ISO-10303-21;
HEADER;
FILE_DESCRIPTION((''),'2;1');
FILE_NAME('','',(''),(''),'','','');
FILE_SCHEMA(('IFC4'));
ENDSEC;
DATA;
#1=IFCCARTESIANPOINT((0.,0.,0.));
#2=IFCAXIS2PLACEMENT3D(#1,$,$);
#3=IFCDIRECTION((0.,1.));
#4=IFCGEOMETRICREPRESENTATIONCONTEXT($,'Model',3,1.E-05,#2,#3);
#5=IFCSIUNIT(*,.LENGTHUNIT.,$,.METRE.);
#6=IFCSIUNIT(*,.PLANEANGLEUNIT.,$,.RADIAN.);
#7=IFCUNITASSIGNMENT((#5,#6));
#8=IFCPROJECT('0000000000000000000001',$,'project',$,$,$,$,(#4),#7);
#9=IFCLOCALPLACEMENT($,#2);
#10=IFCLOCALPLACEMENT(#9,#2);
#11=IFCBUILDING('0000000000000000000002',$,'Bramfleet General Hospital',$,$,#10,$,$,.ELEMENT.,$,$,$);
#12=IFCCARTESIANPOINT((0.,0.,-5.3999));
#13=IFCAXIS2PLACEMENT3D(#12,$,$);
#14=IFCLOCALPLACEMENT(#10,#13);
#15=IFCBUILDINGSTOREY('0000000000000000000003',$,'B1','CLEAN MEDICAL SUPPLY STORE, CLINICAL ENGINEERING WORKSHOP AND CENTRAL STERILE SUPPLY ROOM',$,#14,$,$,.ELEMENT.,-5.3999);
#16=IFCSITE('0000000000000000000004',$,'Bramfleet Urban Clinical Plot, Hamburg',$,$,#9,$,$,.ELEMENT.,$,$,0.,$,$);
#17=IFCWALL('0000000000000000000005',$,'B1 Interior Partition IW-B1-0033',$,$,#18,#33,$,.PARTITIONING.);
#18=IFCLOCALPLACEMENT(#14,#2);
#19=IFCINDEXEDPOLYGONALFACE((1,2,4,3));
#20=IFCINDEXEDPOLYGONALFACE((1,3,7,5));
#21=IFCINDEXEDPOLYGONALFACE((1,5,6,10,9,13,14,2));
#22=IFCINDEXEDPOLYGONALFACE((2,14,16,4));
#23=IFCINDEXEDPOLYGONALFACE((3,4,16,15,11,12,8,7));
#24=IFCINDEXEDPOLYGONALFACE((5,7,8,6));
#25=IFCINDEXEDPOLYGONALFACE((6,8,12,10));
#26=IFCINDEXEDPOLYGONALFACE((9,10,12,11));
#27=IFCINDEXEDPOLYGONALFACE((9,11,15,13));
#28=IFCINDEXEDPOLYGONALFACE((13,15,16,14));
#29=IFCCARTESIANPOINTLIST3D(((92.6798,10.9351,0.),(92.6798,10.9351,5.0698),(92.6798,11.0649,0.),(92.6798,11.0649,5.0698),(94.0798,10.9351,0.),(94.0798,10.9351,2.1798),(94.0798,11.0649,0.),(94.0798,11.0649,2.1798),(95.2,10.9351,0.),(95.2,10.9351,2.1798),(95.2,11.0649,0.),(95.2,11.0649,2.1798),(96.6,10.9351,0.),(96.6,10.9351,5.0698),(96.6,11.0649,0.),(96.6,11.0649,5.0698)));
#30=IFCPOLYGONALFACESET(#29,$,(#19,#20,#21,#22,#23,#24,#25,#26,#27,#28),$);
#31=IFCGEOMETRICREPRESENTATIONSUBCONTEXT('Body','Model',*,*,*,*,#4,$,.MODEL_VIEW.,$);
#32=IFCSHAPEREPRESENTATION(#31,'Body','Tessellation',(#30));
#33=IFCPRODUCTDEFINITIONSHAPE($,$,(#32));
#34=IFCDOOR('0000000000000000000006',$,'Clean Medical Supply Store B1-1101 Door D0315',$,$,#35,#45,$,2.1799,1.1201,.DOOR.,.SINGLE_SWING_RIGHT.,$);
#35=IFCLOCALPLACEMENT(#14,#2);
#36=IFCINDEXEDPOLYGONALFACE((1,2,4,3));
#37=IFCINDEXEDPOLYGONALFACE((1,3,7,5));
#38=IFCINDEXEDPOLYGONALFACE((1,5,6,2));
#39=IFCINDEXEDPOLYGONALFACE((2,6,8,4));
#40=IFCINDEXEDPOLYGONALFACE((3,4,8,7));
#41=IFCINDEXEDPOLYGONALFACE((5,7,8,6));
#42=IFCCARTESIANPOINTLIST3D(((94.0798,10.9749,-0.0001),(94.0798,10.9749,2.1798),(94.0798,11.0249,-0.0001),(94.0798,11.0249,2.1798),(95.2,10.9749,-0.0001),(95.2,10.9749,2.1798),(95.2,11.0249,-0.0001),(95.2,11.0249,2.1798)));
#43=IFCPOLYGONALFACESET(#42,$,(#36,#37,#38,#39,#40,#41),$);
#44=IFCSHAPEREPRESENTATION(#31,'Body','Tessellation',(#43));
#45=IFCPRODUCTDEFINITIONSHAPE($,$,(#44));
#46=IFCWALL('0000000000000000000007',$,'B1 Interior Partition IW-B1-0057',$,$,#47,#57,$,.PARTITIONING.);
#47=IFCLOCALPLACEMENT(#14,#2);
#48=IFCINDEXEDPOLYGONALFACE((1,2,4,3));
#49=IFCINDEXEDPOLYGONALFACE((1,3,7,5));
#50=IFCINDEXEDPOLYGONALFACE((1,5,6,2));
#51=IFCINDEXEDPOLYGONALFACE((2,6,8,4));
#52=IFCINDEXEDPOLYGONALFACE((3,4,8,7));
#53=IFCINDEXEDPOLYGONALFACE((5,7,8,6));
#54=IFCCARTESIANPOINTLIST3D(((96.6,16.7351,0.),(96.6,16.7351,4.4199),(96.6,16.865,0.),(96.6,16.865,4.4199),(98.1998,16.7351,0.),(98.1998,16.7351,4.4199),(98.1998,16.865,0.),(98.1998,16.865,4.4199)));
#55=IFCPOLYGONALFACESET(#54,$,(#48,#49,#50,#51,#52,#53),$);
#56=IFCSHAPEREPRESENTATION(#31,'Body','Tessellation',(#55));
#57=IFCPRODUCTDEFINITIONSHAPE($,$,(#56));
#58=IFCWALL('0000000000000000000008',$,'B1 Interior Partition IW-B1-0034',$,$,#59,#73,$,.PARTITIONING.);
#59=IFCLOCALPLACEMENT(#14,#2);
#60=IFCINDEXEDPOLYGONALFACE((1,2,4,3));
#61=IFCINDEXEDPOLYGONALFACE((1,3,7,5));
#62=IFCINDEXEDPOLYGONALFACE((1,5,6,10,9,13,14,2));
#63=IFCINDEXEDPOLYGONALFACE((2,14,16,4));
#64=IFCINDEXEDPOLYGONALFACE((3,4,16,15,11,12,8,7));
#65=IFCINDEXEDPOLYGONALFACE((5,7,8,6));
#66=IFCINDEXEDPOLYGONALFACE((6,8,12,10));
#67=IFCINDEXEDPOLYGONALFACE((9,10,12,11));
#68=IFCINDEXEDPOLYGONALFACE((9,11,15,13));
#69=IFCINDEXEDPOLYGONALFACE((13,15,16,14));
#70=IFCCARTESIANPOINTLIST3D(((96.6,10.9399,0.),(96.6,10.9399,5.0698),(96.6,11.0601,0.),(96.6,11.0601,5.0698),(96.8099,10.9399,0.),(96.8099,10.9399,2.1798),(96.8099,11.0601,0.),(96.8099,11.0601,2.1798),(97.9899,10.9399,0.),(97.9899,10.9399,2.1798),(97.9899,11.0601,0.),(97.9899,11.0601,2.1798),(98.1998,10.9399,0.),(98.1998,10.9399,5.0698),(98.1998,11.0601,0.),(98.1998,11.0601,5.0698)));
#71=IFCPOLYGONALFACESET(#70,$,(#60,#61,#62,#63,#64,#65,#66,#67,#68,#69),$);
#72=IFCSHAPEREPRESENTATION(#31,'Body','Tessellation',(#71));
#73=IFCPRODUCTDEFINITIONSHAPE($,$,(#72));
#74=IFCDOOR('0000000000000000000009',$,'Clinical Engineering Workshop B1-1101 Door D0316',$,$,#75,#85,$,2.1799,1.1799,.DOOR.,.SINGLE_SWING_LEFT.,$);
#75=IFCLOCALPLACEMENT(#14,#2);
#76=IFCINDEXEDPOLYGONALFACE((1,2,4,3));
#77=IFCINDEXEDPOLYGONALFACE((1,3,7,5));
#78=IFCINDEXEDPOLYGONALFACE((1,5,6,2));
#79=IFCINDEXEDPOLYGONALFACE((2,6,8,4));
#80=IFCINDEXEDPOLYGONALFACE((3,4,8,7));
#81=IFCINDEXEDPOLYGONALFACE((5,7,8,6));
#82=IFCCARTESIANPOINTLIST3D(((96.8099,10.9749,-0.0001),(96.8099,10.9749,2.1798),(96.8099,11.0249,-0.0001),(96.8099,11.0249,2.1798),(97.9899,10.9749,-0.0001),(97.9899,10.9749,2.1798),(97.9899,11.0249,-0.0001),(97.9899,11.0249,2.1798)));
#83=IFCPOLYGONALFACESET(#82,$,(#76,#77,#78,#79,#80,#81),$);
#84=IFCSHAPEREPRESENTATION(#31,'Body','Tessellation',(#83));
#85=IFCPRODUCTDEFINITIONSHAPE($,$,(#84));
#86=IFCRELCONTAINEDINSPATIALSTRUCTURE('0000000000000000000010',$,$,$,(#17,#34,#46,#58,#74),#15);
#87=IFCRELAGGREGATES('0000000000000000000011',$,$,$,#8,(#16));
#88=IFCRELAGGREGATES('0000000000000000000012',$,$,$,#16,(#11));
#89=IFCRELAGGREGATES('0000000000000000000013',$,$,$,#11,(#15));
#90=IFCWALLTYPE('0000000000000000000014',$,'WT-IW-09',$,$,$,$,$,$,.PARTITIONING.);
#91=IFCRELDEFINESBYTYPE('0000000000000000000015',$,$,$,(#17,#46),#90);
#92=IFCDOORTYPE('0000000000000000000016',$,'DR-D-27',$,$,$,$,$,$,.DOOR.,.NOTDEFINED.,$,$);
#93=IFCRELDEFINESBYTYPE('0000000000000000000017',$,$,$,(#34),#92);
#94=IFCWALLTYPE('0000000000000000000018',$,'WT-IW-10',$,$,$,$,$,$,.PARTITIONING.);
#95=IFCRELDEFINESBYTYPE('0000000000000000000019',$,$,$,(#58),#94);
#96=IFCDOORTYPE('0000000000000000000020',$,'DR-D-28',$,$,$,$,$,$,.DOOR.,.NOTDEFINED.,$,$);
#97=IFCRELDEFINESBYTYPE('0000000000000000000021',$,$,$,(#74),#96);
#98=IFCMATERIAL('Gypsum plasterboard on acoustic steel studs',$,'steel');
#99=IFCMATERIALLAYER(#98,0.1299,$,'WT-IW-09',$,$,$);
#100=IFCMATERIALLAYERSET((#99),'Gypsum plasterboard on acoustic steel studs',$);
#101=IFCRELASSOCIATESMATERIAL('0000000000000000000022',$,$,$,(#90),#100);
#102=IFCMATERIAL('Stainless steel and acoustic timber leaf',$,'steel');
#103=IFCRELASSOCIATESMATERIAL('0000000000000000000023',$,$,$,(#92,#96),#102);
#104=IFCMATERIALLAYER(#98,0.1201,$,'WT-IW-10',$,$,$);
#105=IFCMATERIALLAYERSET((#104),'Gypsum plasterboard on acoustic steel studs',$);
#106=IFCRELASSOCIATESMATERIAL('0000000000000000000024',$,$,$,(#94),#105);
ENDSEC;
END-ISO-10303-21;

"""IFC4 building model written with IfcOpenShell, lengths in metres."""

from ifc_helpers import new_model, si_unit, direction, frame, frame_2d, origin, place, context, subcontext, project, spatial, rectangle, extrude, material, layer, layer_set, type_object, element, fill, save


model = new_model("IFC4")

# Units and contexts
model_context = context("Model", 3, precision=1e-05, world=origin(), true_north=direction((0.0, 1.0)))
body_context = subcontext(model_context, "Body", "Model", "MODEL_VIEW")
ifc_project = project(units=[si_unit("LENGTHUNIT", "METRE"), si_unit("PLANEANGLEUNIT", "RADIAN")], contexts=[model_context])

# Site, building, storey
site_placement = place(None, origin())
site = spatial("IfcSite", under=ifc_project, at=site_placement, Name="Bramfleet Urban Clinical Plot, Hamburg", CompositionType="ELEMENT", RefElevation=0.0)
building_placement = place(site_placement, origin())
building = spatial("IfcBuilding", under=site, at=building_placement, Name="Bramfleet General Hospital", CompositionType="ELEMENT")
storey_placement = place(building_placement, frame((0.0, 0.0, -5.3999)))
storey = spatial("IfcBuildingStorey", under=building, at=storey_placement, Name="B1", Description="CLEAN MEDICAL SUPPLY STORE, CLINICAL ENGINEERING WORKSHOP AND CENTRAL STERILE SUPPLY ROOM", CompositionType="ELEMENT", Elevation=-5.3999)

# Shared definitions
ifc_material_1 = material(Name="Gypsum plasterboard on acoustic steel studs", Category="steel")

# Wall, opening, door
ifc_layer_1 = layer(ifc_material_1, 0.1299, Name="WT-IW-09")
ifc_layer_set_1 = layer_set([ifc_layer_1], Name="Gypsum plasterboard on acoustic steel studs")
wall_type_1 = type_object("IfcWallType", Name="WT-IW-09", PredefinedType="PARTITIONING", material=ifc_layer_set_1)
wall_1_placement = place(storey_placement, frame((92.6799, 11.0, 0.0), z_axis=(0.0, 0.0, 1.0), x_axis=(1.0, 0.0, 0.0)))
wall_1 = element("IfcWall", 1, at=wall_1_placement, inside=storey, type_object=wall_type_1, Name="B1 Interior Partition IW-B1-0033", PredefinedType="PARTITIONING", context=body_context, shape_type="SweptSolid", body=[
    extrude(rectangle(XDim=3.9202, YDim=0.1299, at=frame_2d((1.96, 0.0))), origin(), (0.0, 0.0, 1.0), 5.0698),
])
opening_1_placement = place(wall_1_placement, frame((1.3999, 0.0, 0.0)))
opening_1 = element("IfcOpeningElement", 2, at=opening_1_placement, cuts=wall_1, PredefinedType="OPENING", context=body_context, shape_type="SweptSolid", body=[
    extrude(rectangle(XDim=1.1201, YDim=2.1799, at=frame_2d((0.5601, 1.0898))), frame((0.0, 0.075, 0.0), z_axis=(0.0, -1.0, 0.0), x_axis=(1.0, 0.0, 0.0)), (0.0, 0.0, 1.0), 0.1499),
])
ifc_material_2 = material(Name="Stainless steel and acoustic timber leaf", Category="steel")
door_type_1 = type_object("IfcDoorType", Name="DR-D-27", OperationType="NOTDEFINED", PredefinedType="DOOR", material=ifc_material_2)
door_1_placement = place(opening_1_placement, origin())
door_1 = element("IfcDoor", 3, at=door_1_placement, inside=storey, type_object=door_type_1, Name="Clean Medical Supply Store B1-1101 Door D0315", OperationType="SINGLE_SWING_RIGHT", OverallHeight=2.1799, OverallWidth=1.1201, PredefinedType="DOOR", context=body_context, shape_type="SweptSolid", body=[
    extrude(rectangle(XDim=1.1201, YDim=2.1799, at=frame_2d((0.5601, 1.0898))), frame((0.0, 0.0249, 0.0), z_axis=(0.0, -1.0, 0.0), x_axis=(1.0, 0.0, 0.0)), (0.0, 0.0, 1.0), 0.05),
])
fill(opening_1, door_1)

# Wall
wall_2_placement = place(storey_placement, frame((96.6001, 16.8, 0.0), z_axis=(0.0, 0.0, 1.0), x_axis=(1.0, 0.0, 0.0)))
element("IfcWall", 4, at=wall_2_placement, inside=storey, type_object=wall_type_1, Name="B1 Interior Partition IW-B1-0057", PredefinedType="PARTITIONING", context=body_context, shape_type="SweptSolid", body=[
    extrude(rectangle(XDim=1.5999, YDim=0.1299, at=frame_2d((0.7998, 0.0))), origin(), (0.0, 0.0, 1.0), 4.4199),
])

# Wall, opening, door
ifc_layer_2 = layer(ifc_material_1, 0.1201, Name="WT-IW-10")
ifc_layer_set_2 = layer_set([ifc_layer_2], Name="Gypsum plasterboard on acoustic steel studs")
wall_type_2 = type_object("IfcWallType", Name="WT-IW-10", PredefinedType="PARTITIONING", material=ifc_layer_set_2)
wall_3_placement = place(storey_placement, frame((96.6001, 11.0, 0.0), z_axis=(0.0, 0.0, 1.0), x_axis=(1.0, 0.0, 0.0)))
wall_3 = element("IfcWall", 5, at=wall_3_placement, inside=storey, type_object=wall_type_2, Name="B1 Interior Partition IW-B1-0034", PredefinedType="PARTITIONING", context=body_context, shape_type="SweptSolid", body=[
    extrude(rectangle(XDim=1.5999, YDim=0.1201, at=frame_2d((0.7998, 0.0))), origin(), (0.0, 0.0, 1.0), 5.0698),
])
opening_2_placement = place(wall_3_placement, frame((0.21, 0.0, 0.0)))
opening_2 = element("IfcOpeningElement", 6, at=opening_2_placement, cuts=wall_3, PredefinedType="OPENING", context=body_context, shape_type="SweptSolid", body=[
    extrude(rectangle(XDim=1.1799, YDim=2.1799, at=frame_2d((0.5898, 1.0898))), frame((0.0, 0.0701, 0.0), z_axis=(0.0, -1.0, 0.0), x_axis=(1.0, 0.0, 0.0)), (0.0, 0.0, 1.0), 0.1401),
])
door_type_2 = type_object("IfcDoorType", Name="DR-D-28", OperationType="NOTDEFINED", PredefinedType="DOOR", material=ifc_material_2)
door_2_placement = place(opening_2_placement, origin())
door_2 = element("IfcDoor", 7, at=door_2_placement, inside=storey, type_object=door_type_2, Name="Clinical Engineering Workshop B1-1101 Door D0316", OperationType="SINGLE_SWING_LEFT", OverallHeight=2.1799, OverallWidth=1.1799, PredefinedType="DOOR", context=body_context, shape_type="SweptSolid", body=[
    extrude(rectangle(XDim=1.1799, YDim=2.1799, at=frame_2d((0.5898, 1.0898))), frame((0.0, 0.0249, 0.0), z_axis=(0.0, -1.0, 0.0), x_axis=(1.0, 0.0, 0.0)), (0.0, 0.0, 1.0), 0.05),
])
fill(opening_2, door_2)

save(model, "model.ifc")
